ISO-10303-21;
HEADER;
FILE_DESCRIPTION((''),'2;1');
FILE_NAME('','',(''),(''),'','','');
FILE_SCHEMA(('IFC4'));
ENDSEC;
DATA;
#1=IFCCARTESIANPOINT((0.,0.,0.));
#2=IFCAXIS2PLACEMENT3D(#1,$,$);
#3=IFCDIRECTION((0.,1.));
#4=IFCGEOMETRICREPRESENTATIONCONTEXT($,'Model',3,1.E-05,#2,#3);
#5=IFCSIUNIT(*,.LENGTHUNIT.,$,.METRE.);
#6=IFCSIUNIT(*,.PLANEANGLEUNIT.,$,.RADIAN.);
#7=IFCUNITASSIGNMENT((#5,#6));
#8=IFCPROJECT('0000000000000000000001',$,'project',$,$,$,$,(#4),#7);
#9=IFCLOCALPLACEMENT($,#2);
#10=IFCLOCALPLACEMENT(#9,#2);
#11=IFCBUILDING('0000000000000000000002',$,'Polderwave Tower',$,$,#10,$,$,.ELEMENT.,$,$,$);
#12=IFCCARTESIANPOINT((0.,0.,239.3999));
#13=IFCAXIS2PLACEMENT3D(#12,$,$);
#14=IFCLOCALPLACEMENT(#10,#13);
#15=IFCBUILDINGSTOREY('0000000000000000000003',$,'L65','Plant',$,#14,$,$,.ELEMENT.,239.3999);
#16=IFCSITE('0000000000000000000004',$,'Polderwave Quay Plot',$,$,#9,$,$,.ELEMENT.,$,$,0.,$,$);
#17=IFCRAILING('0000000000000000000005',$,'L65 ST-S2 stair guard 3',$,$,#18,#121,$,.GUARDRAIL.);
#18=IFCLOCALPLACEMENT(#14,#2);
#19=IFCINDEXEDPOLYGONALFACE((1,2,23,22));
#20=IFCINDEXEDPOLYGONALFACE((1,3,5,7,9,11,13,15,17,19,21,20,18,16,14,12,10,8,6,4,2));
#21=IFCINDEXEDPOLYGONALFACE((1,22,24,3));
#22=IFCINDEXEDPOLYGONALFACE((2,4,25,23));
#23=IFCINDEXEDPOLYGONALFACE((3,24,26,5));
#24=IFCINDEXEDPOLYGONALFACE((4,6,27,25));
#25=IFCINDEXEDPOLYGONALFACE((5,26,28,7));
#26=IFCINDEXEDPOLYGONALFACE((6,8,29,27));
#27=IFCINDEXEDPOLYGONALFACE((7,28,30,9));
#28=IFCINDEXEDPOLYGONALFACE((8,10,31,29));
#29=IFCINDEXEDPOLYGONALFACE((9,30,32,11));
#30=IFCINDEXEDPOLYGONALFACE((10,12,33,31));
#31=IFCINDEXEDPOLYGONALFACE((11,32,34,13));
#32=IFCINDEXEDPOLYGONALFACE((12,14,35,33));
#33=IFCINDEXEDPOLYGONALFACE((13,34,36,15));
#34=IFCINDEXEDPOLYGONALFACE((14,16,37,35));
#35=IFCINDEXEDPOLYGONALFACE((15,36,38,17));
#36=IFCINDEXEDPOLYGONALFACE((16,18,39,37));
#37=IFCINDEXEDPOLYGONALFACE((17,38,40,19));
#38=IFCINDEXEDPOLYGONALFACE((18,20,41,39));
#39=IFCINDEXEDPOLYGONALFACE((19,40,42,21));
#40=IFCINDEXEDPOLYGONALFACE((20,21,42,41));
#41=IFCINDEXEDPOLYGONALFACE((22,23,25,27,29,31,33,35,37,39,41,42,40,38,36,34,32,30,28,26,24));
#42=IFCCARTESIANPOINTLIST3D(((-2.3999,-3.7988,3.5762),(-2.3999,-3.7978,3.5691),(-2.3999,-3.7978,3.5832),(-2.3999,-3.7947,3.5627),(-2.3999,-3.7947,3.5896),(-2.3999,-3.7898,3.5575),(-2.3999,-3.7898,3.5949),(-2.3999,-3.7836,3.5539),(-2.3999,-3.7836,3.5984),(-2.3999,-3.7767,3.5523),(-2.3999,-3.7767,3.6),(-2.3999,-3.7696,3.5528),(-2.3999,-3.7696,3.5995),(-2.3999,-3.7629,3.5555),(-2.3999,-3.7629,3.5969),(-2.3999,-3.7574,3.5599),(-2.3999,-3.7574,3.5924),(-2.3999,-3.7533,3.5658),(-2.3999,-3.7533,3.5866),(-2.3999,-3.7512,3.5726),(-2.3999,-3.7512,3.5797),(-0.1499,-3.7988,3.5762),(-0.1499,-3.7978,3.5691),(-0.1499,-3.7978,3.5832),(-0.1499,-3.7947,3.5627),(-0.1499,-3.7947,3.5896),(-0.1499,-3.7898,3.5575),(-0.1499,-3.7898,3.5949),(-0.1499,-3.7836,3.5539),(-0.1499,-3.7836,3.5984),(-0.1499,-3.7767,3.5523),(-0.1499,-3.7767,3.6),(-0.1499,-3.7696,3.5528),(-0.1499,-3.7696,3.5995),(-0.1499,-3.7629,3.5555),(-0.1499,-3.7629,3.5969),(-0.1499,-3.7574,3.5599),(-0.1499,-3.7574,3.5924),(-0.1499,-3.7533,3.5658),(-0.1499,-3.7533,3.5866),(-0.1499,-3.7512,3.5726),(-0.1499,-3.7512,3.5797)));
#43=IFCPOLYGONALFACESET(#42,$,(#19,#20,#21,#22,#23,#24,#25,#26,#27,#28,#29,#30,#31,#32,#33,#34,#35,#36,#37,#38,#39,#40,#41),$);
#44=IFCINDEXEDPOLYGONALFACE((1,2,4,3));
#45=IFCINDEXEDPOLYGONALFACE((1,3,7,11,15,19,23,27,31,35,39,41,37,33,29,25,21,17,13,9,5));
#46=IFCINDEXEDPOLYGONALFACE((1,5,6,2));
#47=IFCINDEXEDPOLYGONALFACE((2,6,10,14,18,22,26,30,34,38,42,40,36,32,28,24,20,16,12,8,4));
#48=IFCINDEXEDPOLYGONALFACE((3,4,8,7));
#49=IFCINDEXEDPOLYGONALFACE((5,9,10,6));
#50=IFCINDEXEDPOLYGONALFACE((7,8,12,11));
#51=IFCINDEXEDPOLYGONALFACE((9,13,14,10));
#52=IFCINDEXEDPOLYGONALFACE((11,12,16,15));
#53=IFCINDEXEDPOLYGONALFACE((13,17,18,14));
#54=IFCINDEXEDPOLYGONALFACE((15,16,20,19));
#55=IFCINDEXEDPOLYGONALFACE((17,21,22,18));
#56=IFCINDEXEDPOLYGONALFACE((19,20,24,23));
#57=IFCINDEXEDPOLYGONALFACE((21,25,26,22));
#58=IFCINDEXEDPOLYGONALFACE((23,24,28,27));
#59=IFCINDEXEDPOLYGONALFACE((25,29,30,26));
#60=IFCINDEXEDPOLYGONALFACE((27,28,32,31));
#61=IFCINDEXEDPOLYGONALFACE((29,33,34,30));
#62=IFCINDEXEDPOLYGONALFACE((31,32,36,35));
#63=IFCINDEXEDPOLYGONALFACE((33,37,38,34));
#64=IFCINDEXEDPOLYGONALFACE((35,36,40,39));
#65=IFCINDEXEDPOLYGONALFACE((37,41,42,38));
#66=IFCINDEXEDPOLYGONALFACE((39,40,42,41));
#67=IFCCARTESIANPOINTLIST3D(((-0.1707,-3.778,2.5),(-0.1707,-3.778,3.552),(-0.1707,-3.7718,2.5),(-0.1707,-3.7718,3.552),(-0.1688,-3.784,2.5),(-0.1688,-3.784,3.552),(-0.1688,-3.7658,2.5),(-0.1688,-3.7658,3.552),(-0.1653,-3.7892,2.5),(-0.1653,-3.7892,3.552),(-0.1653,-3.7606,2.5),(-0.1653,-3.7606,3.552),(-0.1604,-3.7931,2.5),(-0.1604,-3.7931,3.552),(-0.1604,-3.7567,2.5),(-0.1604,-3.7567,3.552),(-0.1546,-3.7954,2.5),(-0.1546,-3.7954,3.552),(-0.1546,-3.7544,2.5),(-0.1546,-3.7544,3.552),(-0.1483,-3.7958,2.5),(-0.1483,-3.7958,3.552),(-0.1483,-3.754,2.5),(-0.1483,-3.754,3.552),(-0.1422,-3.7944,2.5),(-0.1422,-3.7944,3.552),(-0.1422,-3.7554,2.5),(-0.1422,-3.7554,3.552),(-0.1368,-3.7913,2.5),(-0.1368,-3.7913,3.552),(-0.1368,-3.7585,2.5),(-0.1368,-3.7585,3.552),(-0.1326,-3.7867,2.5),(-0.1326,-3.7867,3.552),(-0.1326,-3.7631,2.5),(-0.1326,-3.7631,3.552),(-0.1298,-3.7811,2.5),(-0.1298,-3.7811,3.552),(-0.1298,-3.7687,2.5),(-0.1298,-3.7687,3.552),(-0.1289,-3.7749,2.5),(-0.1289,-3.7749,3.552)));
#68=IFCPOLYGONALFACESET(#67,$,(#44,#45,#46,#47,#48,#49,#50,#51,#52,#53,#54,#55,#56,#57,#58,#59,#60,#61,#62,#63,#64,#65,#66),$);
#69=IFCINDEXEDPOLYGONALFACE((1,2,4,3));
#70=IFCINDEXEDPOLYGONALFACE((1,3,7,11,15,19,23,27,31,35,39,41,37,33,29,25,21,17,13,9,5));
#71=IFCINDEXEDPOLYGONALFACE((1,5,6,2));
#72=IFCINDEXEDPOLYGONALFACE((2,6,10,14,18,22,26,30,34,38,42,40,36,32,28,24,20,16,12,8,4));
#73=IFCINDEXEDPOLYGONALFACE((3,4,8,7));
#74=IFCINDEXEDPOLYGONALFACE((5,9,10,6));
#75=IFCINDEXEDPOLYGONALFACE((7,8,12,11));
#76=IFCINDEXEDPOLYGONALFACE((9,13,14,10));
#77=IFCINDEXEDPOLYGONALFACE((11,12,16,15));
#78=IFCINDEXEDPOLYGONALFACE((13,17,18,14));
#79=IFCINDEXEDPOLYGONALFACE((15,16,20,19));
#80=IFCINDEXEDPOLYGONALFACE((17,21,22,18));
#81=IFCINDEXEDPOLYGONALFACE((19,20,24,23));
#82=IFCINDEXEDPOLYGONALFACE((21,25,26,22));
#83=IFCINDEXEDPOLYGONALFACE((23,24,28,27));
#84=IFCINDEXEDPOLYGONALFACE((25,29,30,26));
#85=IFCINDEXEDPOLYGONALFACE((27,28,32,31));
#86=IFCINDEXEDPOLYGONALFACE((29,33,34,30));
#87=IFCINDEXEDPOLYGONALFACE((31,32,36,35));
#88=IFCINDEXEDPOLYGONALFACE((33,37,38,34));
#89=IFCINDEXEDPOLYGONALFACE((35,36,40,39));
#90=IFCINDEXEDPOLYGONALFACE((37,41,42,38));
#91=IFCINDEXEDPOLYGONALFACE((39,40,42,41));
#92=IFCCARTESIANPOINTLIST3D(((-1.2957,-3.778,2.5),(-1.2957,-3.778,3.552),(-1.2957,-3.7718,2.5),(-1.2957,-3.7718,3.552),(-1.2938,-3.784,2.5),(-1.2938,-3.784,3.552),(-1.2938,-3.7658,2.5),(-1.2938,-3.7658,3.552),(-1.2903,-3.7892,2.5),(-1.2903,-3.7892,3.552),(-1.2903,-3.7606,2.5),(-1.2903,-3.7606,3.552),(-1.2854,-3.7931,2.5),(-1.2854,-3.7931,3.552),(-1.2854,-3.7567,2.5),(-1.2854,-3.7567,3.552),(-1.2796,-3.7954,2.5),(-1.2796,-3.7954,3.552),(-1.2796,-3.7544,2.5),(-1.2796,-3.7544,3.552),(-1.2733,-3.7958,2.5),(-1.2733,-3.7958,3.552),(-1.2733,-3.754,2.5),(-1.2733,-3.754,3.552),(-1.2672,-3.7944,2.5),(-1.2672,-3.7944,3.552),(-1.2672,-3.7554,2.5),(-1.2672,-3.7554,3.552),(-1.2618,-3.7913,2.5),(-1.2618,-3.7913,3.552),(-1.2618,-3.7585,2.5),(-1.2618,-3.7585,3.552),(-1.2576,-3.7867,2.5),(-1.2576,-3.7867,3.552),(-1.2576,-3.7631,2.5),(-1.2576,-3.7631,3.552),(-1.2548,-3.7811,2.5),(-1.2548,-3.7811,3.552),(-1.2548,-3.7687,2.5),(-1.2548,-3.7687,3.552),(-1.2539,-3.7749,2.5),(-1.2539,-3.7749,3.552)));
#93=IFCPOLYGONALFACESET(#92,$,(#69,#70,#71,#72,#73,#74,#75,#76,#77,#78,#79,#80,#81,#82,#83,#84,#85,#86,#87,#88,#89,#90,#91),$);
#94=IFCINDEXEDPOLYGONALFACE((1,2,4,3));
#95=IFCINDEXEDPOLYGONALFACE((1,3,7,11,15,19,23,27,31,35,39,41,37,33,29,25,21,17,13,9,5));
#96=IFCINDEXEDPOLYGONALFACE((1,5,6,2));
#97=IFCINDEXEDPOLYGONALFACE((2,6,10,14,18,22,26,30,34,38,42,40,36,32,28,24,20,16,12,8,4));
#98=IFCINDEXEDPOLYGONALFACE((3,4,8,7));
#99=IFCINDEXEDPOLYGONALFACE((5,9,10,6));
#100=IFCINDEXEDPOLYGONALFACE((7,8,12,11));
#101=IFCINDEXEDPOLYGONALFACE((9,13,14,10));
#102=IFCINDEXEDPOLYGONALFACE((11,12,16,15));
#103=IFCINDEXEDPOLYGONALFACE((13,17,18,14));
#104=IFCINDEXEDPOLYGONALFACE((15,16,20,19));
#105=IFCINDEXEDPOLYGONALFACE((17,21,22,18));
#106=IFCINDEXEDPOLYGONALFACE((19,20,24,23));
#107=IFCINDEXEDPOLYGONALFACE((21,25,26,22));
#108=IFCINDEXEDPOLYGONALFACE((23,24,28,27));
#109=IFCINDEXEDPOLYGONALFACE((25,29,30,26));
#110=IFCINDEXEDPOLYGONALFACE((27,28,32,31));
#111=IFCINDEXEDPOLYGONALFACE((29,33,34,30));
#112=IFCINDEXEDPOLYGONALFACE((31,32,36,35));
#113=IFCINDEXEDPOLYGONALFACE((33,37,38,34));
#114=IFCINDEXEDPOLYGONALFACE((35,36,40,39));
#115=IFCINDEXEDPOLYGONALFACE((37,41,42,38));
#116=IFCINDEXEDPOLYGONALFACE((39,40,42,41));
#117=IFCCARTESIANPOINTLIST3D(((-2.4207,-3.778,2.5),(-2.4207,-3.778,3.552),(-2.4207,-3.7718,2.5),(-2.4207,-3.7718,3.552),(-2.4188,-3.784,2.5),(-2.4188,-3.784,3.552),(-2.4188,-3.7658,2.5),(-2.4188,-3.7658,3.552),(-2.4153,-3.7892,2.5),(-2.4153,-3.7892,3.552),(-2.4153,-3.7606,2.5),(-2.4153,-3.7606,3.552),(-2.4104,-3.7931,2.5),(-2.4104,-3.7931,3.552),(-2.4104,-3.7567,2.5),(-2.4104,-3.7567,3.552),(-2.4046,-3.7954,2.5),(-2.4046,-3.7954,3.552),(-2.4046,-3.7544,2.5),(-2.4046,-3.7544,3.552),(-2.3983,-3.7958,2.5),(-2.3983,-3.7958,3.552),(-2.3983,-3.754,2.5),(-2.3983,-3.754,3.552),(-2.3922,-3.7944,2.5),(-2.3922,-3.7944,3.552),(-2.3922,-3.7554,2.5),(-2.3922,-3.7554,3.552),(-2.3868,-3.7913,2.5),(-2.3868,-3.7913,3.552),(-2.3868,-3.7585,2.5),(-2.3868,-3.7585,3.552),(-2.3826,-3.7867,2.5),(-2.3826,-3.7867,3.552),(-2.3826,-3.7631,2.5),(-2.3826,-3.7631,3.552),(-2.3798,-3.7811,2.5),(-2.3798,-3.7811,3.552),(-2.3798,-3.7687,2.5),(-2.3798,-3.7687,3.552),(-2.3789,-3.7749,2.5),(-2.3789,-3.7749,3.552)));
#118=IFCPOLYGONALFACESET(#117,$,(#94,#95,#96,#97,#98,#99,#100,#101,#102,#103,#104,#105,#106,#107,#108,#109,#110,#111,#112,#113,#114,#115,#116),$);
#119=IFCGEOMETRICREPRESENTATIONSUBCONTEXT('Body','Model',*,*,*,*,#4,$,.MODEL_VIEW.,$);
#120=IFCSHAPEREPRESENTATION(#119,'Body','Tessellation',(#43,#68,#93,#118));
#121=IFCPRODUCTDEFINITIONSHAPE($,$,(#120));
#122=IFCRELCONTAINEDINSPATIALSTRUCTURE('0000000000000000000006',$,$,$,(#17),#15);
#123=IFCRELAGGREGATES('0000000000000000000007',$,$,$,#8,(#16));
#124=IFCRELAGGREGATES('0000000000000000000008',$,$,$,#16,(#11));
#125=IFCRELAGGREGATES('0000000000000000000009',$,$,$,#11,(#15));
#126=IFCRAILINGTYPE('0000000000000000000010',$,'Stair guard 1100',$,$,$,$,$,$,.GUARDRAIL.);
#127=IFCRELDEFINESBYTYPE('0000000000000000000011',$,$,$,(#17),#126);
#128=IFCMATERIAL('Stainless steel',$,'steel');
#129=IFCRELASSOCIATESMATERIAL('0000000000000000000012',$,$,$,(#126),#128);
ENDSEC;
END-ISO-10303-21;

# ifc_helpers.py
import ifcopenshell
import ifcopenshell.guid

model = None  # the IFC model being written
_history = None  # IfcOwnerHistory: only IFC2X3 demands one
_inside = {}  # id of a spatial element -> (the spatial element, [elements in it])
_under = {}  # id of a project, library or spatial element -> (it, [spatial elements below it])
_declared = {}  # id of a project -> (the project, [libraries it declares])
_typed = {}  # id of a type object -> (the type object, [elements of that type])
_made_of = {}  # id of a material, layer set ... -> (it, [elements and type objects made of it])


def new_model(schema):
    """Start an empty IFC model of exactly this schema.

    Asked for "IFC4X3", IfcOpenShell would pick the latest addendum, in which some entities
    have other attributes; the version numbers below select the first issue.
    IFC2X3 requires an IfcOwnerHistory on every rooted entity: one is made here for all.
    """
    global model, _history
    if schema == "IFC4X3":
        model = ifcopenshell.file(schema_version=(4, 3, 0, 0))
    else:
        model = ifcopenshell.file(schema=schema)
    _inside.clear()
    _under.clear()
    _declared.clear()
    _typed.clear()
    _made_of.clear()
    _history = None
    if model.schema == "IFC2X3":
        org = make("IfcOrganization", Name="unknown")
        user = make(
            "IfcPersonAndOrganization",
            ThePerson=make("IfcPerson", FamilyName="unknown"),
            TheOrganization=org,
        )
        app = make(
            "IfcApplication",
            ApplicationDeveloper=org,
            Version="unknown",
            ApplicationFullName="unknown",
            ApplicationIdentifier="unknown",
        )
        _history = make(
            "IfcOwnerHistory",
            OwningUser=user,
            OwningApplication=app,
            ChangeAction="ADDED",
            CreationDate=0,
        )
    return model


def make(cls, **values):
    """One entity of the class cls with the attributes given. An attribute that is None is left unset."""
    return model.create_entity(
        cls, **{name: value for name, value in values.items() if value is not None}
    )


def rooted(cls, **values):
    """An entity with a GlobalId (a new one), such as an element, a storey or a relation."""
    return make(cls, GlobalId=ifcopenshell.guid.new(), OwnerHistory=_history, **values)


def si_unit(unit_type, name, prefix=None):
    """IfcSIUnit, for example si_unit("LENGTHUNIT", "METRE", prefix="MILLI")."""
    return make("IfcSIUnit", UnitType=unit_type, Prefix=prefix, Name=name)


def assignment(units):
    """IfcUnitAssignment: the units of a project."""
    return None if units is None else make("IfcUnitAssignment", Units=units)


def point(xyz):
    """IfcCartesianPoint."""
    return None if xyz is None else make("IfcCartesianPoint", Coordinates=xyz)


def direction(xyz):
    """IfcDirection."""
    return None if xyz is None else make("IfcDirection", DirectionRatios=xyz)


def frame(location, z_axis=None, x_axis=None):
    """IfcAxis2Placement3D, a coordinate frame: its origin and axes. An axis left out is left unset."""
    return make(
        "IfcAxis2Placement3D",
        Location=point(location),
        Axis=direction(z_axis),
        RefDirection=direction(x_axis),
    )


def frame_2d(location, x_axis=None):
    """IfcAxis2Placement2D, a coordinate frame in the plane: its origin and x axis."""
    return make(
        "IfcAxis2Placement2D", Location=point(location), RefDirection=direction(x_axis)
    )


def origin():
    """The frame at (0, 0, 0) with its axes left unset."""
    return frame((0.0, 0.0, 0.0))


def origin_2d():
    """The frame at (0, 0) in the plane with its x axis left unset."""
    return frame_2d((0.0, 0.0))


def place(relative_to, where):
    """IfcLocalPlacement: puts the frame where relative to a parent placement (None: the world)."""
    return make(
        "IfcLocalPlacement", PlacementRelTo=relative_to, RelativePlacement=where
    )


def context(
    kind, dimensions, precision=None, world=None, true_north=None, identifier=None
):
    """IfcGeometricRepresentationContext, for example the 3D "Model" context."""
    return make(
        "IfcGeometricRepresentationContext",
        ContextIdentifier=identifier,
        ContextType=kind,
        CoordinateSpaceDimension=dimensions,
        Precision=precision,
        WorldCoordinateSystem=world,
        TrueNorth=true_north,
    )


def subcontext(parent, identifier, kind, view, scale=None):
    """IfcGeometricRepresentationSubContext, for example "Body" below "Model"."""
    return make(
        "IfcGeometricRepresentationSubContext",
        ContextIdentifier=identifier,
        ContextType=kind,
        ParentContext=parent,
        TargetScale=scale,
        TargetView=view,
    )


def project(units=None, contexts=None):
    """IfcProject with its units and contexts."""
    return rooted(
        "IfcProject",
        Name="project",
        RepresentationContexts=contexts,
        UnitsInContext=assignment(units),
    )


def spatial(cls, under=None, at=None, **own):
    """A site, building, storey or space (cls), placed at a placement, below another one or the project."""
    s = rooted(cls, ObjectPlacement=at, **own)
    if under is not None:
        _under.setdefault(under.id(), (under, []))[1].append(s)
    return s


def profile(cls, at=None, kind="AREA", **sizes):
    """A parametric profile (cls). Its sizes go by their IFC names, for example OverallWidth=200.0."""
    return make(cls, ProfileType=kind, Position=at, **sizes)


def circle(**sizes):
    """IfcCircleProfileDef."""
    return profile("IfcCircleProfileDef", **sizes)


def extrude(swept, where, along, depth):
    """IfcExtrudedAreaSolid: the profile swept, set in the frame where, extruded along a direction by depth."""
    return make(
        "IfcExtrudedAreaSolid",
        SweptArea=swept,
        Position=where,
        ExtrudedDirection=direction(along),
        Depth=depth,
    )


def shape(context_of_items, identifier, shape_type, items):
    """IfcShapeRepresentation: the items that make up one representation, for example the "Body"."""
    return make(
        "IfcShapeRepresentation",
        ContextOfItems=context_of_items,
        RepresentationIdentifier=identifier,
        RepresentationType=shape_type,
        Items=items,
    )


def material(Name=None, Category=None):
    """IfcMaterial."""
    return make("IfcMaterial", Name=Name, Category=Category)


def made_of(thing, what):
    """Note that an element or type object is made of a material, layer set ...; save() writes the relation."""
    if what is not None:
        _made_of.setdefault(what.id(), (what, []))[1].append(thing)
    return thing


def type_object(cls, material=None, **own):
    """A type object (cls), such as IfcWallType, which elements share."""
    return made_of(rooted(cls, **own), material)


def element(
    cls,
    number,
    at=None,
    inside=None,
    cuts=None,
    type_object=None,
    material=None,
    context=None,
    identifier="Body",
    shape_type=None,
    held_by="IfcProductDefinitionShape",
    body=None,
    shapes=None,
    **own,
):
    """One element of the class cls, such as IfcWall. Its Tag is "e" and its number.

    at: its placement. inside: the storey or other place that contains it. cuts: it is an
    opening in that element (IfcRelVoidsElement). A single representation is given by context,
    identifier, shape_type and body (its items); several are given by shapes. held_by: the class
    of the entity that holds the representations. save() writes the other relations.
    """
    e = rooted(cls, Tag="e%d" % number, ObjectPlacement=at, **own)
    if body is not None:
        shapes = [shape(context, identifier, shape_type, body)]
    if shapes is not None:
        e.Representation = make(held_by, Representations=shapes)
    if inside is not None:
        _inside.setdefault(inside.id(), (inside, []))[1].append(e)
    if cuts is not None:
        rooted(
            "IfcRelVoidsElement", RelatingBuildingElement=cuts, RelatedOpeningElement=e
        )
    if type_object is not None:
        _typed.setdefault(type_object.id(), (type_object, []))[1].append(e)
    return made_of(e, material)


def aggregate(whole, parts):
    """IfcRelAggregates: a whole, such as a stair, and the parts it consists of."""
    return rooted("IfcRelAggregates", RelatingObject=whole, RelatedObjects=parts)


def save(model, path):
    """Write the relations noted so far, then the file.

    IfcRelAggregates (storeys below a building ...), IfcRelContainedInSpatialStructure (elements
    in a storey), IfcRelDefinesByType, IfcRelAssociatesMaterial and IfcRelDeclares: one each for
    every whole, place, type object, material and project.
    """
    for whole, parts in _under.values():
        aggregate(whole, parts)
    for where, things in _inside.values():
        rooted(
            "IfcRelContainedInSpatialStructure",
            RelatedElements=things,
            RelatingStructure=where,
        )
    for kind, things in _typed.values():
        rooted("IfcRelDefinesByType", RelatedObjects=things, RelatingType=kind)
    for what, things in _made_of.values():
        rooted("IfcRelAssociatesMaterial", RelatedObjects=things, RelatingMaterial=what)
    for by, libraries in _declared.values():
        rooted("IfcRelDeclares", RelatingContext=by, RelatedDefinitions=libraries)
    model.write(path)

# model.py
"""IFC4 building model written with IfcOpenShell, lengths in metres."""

from ifc_helpers import new_model, si_unit, direction, frame, origin, origin_2d, place, context, subcontext, project, spatial, circle, extrude, material, type_object, element, save


model = new_model("IFC4")

# Units and contexts
model_context = context("Model", 3, precision=1e-05, world=origin(), true_north=direction((0.0, 1.0)))
body_context = subcontext(model_context, "Body", "Model", "MODEL_VIEW")
ifc_project = project(units=[si_unit("LENGTHUNIT", "METRE"), si_unit("PLANEANGLEUNIT", "RADIAN")], contexts=[model_context])

# Site, building, storey
site_placement = place(None, origin())
site = spatial("IfcSite", under=ifc_project, at=site_placement, Name="Polderwave Quay Plot", CompositionType="ELEMENT", RefElevation=0.0)
building_placement = place(site_placement, origin())
building = spatial("IfcBuilding", under=site, at=building_placement, Name="Polderwave Tower", CompositionType="ELEMENT")
storey_placement = place(building_placement, frame((0.0, 0.0, 239.3999)))
storey = spatial("IfcBuildingStorey", under=building, at=storey_placement, Name="L65", Description="Plant", CompositionType="ELEMENT", Elevation=239.3999)

# Shared definitions
ifc_material_1 = material(Name="Stainless steel", Category="steel")

# Railing
railing_type_1 = type_object("IfcRailingType", Name="Stair guard 1100", PredefinedType="GUARDRAIL", material=ifc_material_1)
railing_1_placement = place(storey_placement, frame((-0.1499, -3.7749, 2.5)))
element("IfcRailing", 1, at=railing_1_placement, inside=storey, type_object=railing_type_1, Name="L65 ST-S2 stair guard 3", PredefinedType="GUARDRAIL", context=body_context, shape_type="SweptSolid", body=[
    extrude(circle(Radius=0.0239, at=origin_2d()), frame((0.0, 0.0, 1.0762), z_axis=(-1.0, 0.0, 0.0), x_axis=(0.0, -1.0, 0.0)), (0.0, 0.0, 1.0), 2.25),
    extrude(circle(Radius=0.021, at=origin_2d()), origin(), (0.0, 0.0, 1.0), 1.052),
    extrude(circle(Radius=0.021, at=origin_2d()), frame((-1.125, 0.0, 0.0)), (0.0, 0.0, 1.0), 1.052),
    extrude(circle(Radius=0.021, at=origin_2d()), frame((-2.25, 0.0, 0.0)), (0.0, 0.0, 1.0), 1.052),
])

save(model, "model.ifc")
